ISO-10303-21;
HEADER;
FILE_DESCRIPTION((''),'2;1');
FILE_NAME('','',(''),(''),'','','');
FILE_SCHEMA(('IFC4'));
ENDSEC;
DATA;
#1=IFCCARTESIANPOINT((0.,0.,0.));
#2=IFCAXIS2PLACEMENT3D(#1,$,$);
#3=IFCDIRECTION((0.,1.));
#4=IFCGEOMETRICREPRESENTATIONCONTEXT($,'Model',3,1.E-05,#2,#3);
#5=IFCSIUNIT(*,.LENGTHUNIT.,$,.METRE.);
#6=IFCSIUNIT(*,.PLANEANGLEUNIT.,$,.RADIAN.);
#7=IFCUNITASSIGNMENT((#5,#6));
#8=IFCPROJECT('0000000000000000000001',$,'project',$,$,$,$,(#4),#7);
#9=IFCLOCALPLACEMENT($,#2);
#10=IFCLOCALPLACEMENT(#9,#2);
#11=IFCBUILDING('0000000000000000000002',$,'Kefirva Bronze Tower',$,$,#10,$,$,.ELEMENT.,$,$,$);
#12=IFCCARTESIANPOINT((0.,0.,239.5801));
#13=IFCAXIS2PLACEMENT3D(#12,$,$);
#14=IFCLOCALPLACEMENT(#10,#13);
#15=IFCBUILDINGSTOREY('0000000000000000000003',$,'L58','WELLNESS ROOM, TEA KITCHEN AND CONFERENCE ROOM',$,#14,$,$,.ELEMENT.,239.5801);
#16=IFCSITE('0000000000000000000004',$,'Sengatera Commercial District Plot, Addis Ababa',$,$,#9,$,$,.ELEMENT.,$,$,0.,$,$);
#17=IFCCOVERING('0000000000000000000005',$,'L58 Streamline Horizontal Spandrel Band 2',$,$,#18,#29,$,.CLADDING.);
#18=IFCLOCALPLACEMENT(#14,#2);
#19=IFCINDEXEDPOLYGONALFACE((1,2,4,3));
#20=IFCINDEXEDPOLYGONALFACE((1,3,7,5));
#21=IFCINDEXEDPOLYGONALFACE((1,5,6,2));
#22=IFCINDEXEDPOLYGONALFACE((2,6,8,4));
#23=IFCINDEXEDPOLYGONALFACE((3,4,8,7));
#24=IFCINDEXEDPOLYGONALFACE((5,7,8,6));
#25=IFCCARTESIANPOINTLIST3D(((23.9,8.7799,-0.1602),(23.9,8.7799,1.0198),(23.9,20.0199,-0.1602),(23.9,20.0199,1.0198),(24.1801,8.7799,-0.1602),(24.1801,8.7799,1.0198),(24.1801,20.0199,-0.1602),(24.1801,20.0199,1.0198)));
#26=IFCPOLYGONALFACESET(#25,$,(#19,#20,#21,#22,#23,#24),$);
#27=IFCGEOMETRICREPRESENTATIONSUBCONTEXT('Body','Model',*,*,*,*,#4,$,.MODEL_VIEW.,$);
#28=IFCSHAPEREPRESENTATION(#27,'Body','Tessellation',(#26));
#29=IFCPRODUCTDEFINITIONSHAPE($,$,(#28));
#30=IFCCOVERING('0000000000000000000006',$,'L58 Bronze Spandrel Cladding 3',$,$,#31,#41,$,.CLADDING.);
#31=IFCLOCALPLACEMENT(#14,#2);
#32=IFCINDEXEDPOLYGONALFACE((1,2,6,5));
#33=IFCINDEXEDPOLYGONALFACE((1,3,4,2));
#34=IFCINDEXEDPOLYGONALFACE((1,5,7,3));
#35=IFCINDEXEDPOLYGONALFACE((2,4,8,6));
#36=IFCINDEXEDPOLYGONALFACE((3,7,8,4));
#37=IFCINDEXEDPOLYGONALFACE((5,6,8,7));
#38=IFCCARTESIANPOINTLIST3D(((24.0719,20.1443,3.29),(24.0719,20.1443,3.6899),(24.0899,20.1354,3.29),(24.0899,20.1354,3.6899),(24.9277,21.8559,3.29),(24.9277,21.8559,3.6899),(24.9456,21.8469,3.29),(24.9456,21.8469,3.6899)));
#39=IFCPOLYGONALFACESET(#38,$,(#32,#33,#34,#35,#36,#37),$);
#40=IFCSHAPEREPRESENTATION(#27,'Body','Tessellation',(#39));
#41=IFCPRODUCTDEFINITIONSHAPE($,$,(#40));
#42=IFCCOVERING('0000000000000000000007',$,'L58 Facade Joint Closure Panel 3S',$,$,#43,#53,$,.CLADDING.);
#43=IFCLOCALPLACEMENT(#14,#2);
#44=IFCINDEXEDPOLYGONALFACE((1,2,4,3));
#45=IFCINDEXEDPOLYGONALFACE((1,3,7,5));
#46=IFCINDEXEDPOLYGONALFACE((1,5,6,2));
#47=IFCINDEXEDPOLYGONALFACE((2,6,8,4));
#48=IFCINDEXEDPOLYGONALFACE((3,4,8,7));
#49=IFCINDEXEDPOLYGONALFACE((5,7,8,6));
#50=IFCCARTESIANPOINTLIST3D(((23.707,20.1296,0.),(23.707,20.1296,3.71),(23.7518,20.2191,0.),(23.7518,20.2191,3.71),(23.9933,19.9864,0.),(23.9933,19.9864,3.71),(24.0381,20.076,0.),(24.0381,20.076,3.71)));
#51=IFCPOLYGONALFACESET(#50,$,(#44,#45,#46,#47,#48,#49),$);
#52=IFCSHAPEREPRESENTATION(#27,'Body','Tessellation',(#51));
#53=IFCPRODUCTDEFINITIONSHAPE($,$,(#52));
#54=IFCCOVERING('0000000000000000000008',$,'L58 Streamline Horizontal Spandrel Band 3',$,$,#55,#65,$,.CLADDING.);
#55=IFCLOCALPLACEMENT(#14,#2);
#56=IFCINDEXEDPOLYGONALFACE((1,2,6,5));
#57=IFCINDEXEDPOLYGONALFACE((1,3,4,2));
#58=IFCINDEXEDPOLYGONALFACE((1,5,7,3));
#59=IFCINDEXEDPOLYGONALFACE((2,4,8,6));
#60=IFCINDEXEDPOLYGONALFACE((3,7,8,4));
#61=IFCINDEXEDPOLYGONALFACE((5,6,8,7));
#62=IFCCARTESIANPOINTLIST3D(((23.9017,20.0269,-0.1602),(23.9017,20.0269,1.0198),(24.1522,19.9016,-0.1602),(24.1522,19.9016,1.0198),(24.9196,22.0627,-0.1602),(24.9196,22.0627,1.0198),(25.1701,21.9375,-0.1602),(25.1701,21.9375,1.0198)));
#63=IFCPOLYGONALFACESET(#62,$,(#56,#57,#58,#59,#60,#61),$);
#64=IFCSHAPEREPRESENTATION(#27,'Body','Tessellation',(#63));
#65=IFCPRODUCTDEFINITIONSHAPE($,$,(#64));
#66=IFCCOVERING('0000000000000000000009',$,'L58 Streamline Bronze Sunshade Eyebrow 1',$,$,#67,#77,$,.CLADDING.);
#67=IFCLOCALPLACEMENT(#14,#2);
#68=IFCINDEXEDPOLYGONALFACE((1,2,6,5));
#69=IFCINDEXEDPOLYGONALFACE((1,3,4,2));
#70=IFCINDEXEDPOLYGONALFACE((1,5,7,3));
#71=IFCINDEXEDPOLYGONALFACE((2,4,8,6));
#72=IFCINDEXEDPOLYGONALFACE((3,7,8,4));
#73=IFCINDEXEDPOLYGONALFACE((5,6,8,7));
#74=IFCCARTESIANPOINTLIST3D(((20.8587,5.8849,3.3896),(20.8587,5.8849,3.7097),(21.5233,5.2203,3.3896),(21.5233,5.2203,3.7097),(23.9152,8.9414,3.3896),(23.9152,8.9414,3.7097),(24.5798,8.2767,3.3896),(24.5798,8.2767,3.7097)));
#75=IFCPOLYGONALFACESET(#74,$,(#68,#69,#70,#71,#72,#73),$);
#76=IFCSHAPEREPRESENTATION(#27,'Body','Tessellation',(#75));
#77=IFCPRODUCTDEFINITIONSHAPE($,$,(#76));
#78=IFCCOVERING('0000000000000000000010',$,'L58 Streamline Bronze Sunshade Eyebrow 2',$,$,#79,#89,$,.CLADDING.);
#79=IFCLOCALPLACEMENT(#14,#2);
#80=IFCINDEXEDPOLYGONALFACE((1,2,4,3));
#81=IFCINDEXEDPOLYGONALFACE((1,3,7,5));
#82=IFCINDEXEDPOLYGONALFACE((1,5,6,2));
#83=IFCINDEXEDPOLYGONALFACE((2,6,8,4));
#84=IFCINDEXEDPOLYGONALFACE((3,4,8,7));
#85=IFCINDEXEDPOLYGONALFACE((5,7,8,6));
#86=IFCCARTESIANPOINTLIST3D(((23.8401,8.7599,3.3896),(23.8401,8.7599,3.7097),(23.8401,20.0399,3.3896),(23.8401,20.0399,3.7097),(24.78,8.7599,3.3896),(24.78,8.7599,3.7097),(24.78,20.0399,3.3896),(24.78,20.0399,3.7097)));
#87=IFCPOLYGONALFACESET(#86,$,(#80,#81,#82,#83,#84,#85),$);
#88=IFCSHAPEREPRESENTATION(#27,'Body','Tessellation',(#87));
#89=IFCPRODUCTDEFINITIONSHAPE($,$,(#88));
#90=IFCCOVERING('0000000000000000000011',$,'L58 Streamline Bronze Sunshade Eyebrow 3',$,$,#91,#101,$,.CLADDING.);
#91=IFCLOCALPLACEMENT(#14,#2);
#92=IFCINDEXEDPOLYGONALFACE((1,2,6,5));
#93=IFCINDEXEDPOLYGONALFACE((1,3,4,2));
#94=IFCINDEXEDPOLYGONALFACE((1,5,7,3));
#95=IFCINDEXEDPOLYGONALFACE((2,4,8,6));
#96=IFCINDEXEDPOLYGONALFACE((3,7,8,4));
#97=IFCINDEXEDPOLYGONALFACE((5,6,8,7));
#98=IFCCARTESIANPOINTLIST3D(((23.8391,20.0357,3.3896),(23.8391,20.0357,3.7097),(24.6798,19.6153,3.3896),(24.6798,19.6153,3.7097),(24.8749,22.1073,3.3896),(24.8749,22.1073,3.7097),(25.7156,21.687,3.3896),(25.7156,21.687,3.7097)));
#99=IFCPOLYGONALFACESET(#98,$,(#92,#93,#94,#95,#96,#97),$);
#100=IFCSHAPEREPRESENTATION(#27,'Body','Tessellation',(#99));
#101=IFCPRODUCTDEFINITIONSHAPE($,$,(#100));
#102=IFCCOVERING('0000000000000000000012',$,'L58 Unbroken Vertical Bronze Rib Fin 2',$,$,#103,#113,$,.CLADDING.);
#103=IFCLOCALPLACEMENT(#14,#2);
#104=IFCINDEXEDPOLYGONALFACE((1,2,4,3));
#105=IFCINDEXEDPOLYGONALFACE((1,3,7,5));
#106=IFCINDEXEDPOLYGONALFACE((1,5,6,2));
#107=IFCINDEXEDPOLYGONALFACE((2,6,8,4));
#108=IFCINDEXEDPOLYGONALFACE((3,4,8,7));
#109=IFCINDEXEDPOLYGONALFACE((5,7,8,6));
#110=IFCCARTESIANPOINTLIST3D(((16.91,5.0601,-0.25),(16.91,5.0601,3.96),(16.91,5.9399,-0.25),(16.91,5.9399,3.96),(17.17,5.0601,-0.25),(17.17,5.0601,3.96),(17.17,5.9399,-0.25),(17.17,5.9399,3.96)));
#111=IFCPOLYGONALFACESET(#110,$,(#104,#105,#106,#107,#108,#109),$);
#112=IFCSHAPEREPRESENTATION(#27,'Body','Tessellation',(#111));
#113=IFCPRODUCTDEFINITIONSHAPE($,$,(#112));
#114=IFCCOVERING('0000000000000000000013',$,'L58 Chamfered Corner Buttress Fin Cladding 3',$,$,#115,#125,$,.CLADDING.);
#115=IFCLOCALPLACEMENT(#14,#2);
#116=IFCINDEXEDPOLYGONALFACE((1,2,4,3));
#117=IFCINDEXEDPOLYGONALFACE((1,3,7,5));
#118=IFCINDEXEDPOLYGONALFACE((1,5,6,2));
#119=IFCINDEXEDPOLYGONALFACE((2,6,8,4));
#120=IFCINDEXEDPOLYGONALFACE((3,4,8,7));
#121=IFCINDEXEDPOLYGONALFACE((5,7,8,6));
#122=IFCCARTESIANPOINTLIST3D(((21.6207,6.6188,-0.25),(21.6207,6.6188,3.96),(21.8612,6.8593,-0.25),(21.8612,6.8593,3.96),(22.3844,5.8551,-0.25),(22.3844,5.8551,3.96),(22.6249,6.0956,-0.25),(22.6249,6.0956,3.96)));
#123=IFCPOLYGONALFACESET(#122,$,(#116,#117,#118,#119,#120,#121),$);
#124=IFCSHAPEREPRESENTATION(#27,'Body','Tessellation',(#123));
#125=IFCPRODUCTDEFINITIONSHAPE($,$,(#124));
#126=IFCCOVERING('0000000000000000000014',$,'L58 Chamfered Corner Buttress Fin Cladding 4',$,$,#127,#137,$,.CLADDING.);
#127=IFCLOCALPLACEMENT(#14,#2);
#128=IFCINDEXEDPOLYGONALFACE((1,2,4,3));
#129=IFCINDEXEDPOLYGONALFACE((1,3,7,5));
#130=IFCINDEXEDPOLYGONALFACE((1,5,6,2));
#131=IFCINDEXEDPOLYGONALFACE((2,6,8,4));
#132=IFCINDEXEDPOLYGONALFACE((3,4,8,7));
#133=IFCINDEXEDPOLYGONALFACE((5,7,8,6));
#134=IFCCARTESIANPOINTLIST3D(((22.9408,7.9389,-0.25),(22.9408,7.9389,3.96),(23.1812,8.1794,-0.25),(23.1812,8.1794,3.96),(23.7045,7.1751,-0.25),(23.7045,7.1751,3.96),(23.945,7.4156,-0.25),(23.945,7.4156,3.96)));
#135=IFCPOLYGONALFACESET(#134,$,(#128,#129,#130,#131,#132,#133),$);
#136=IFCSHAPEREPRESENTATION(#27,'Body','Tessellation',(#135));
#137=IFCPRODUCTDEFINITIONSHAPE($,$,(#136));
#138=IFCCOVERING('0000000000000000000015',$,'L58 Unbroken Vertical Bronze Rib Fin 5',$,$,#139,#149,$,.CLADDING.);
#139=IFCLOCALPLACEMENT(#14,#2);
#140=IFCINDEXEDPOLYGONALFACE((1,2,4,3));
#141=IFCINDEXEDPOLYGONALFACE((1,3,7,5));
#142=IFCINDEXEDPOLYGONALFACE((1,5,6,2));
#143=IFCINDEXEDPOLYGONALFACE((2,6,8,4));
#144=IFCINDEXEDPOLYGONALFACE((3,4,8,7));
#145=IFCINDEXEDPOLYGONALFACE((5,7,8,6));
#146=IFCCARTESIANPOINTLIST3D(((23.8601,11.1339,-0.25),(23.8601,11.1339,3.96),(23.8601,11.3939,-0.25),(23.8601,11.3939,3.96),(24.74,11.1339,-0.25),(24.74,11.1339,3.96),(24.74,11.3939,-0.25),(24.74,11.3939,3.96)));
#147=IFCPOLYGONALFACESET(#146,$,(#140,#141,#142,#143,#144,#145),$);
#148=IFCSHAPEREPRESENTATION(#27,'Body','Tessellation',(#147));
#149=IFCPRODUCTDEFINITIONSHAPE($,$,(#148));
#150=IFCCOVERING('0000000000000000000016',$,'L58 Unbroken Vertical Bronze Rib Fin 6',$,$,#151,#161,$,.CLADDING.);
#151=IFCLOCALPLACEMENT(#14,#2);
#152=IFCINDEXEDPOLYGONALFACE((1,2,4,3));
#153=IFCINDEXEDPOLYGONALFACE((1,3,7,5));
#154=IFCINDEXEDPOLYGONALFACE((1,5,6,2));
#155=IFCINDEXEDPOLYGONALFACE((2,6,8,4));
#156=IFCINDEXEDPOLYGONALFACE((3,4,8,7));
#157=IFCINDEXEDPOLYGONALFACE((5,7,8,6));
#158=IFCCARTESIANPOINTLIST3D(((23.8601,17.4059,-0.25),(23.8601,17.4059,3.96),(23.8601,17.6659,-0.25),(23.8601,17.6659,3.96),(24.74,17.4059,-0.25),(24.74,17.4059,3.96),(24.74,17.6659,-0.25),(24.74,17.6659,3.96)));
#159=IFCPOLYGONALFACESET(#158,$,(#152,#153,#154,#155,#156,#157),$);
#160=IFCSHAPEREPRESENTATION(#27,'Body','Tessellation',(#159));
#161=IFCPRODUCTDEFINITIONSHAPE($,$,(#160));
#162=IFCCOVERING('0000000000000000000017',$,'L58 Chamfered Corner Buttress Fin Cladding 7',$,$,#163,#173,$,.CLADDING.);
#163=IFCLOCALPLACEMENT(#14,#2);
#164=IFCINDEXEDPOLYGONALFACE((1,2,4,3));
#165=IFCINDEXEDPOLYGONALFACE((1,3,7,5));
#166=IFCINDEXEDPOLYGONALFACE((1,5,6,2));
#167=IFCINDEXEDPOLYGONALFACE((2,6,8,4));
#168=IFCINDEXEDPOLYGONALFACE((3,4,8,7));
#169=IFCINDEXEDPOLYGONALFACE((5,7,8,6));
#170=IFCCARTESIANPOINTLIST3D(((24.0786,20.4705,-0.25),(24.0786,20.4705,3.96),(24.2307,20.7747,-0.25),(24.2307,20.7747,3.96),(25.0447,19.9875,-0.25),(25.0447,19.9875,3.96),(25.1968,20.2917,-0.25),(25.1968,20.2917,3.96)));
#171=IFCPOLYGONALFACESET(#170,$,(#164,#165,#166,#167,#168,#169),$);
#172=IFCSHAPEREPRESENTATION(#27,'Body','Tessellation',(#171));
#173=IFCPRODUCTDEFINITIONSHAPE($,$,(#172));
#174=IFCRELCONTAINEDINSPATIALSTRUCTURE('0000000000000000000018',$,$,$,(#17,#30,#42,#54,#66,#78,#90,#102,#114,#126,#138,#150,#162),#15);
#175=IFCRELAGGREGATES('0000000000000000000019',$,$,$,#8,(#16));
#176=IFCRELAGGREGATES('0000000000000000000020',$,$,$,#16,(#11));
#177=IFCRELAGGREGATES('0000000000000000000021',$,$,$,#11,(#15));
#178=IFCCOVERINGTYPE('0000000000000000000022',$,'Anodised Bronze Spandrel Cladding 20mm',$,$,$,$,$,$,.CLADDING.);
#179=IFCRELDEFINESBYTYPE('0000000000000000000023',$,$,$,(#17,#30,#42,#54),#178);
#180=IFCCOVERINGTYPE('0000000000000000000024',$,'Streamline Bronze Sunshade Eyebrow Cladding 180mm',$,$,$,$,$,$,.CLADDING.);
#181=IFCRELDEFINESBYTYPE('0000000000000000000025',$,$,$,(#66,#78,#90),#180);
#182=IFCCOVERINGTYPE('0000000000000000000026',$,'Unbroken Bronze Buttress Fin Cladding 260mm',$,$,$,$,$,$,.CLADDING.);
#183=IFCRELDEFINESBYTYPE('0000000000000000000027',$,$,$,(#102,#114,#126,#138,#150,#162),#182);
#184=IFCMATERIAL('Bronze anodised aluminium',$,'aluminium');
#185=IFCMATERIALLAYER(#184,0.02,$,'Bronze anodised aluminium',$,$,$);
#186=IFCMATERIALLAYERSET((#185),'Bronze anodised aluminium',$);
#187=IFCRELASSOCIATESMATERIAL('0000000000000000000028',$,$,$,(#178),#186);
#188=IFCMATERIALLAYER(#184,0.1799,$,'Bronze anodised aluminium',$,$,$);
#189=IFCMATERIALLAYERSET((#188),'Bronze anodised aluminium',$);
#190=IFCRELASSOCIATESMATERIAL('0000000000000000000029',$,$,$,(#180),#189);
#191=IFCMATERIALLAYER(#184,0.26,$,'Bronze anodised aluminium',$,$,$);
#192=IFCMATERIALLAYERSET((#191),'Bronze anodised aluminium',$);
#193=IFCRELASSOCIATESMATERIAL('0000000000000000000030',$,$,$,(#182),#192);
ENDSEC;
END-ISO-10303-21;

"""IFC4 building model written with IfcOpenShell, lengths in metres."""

from ifc_helpers import new_model, si_unit, direction, frame, origin, origin_2d, place, context, subcontext, project, spatial, rectangle, extrude, material, layer, layer_set, type_object, element, save


model = new_model("IFC4")

# Units and contexts
model_context = context("Model", 3, precision=1e-05, world=origin(), true_north=direction((0.0, 1.0)))
body_context = subcontext(model_context, "Body", "Model", "MODEL_VIEW")
ifc_project = project(units=[si_unit("LENGTHUNIT", "METRE"), si_unit("PLANEANGLEUNIT", "RADIAN")], contexts=[model_context])

# Site, building, storey
site_placement = place(None, origin())
site = spatial("IfcSite", under=ifc_project, at=site_placement, Name="Sengatera Commercial District Plot, Addis Ababa", CompositionType="ELEMENT", RefElevation=0.0)
building_placement = place(site_placement, origin())
building = spatial("IfcBuilding", under=site, at=building_placement, Name="Kefirva Bronze Tower", CompositionType="ELEMENT")
storey_placement = place(building_placement, frame((0.0, 0.0, 239.5801)))
storey = spatial("IfcBuildingStorey", under=building, at=storey_placement, Name="L58", Description="WELLNESS ROOM, TEA KITCHEN AND CONFERENCE ROOM", CompositionType="ELEMENT", Elevation=239.5801)

# Shared definitions
ifc_material_1 = material(Name="Bronze anodised aluminium", Category="aluminium")

# Coverings
ifc_layer_1 = layer(ifc_material_1, 0.02, Name="Bronze anodised aluminium")
ifc_layer_set_1 = layer_set([ifc_layer_1], Name="Bronze anodised aluminium")
covering_type_1 = type_object("IfcCoveringType", Name="Anodised Bronze Spandrel Cladding 20mm", PredefinedType="CLADDING", material=ifc_layer_set_1)
covering_1_placement = place(storey_placement, frame((24.04, 14.3999, -0.1602), z_axis=(0.0, 0.0, 1.0), x_axis=(0.0, 1.0, 0.0)))
element("IfcCovering", 1, at=covering_1_placement, inside=storey, type_object=covering_type_1, Name="L58 Streamline Horizontal Spandrel Band 2", PredefinedType="CLADDING", context=body_context, shape_type="SweptSolid", body=[
    extrude(rectangle(XDim=11.24, YDim=0.28, at=origin_2d()), origin(), (0.0, 0.0, 1.0), 1.1799),
])
covering_2_placement = place(storey_placement, frame((24.5088, 20.9956, 3.29), z_axis=(0.0, 0.0, 1.0), x_axis=(0.447214, 0.894427, 0.0)))
element("IfcCovering", 2, at=covering_2_placement, inside=storey, type_object=covering_type_1, Name="L58 Bronze Spandrel Cladding 3", PredefinedType="CLADDING", context=body_context, shape_type="SweptSolid", body=[
    extrude(rectangle(XDim=1.9136, YDim=0.02, at=origin_2d()), origin(), (0.0, 0.0, 1.0), 0.3999),
])
covering_3_placement = place(storey_placement, frame((23.8726, 20.1028, 0.0), z_axis=(0.0, 0.0, 1.0), x_axis=(0.447214, 0.894427, 0.0)))
element("IfcCovering", 3, at=covering_3_placement, inside=storey, type_object=covering_type_1, Name="L58 Facade Joint Closure Panel 3S", PredefinedType="CLADDING", context=body_context, shape_type="SweptSolid", body=[
    extrude(rectangle(XDim=0.1001, YDim=0.3201, at=origin_2d()), origin(), (0.0, 0.0, 1.0), 3.71),
])
covering_4_placement = place(storey_placement, frame((24.5359, 20.9822, -0.1602), z_axis=(0.0, 0.0, 1.0), x_axis=(0.447214, 0.894427, 0.0)))
element("IfcCovering", 4, at=covering_4_placement, inside=storey, type_object=covering_type_1, Name="L58 Streamline Horizontal Spandrel Band 3", PredefinedType="CLADDING", context=body_context, shape_type="SweptSolid", body=[
    extrude(rectangle(XDim=2.2761, YDim=0.28, at=origin_2d()), origin(), (0.0, 0.0, 1.0), 1.1799),
])
ifc_layer_2 = layer(ifc_material_1, 0.1799, Name="Bronze anodised aluminium")
ifc_layer_set_2 = layer_set([ifc_layer_2], Name="Bronze anodised aluminium")
covering_type_2 = type_object("IfcCoveringType", Name="Streamline Bronze Sunshade Eyebrow Cladding 180mm", PredefinedType="CLADDING", material=ifc_layer_set_2)
covering_5_placement = place(storey_placement, frame((22.7192, 7.0808, 3.3896), z_axis=(0.0, 0.0, 1.0), x_axis=(0.707107, 0.707107, 0.0)))
element("IfcCovering", 5, at=covering_5_placement, inside=storey, type_object=covering_type_2, Name="L58 Streamline Bronze Sunshade Eyebrow 1", PredefinedType="CLADDING", context=body_context, shape_type="SweptSolid", body=[
    extrude(rectangle(XDim=4.3225, YDim=0.9399, at=origin_2d()), origin(), (0.0, 0.0, 1.0), 0.3201),
])
covering_6_placement = place(storey_placement, frame((24.3101, 14.3999, 3.3896), z_axis=(0.0, 0.0, 1.0), x_axis=(0.0, 1.0, 0.0)))
element("IfcCovering", 6, at=covering_6_placement, inside=storey, type_object=covering_type_2, Name="L58 Streamline Bronze Sunshade Eyebrow 2", PredefinedType="CLADDING", context=body_context, shape_type="SweptSolid", body=[
    extrude(rectangle(XDim=11.28, YDim=0.9399, at=origin_2d()), origin(), (0.0, 0.0, 1.0), 0.3201),
])
covering_7_placement = place(storey_placement, frame((24.7773, 20.8613, 3.3896), z_axis=(0.0, 0.0, 1.0), x_axis=(0.447214, 0.894427, 0.0)))
element("IfcCovering", 7, at=covering_7_placement, inside=storey, type_object=covering_type_2, Name="L58 Streamline Bronze Sunshade Eyebrow 3", PredefinedType="CLADDING", context=body_context, shape_type="SweptSolid", body=[
    extrude(rectangle(XDim=2.3162, YDim=0.9399, at=origin_2d()), origin(), (0.0, 0.0, 1.0), 0.3201),
])
ifc_layer_3 = layer(ifc_material_1, 0.26, Name="Bronze anodised aluminium")
ifc_layer_set_3 = layer_set([ifc_layer_3], Name="Bronze anodised aluminium")
covering_type_3 = type_object("IfcCoveringType", Name="Unbroken Bronze Buttress Fin Cladding 260mm", PredefinedType="CLADDING", material=ifc_layer_set_3)
covering_8_placement = place(storey_placement, frame((17.04, 5.5, -0.25), z_axis=(0.0, 0.0, 1.0), x_axis=(1.0, 0.0, 0.0)))
element("IfcCovering", 8, at=covering_8_placement, inside=storey, type_object=covering_type_3, Name="L58 Unbroken Vertical Bronze Rib Fin 2", PredefinedType="CLADDING", context=body_context, shape_type="SweptSolid", body=[
    extrude(rectangle(XDim=0.26, YDim=0.8799, at=origin_2d()), origin(), (0.0, 0.0, 1.0), 4.21),
])
for number, where, z_axis, x_axis, name in (
    (9, (22.1228, 6.3572, -0.25), (0.0, 0.0, 1.0), (0.707107, 0.707107, 0.0), "L58 Chamfered Corner Buttress Fin Cladding 3"),
    (10, (23.4429, 7.6772, -0.25), (0.0, 0.0, 1.0), (0.707107, 0.707107, 0.0), "L58 Chamfered Corner Buttress Fin Cladding 4"),
):
    element("IfcCovering", number, at=place(storey_placement, frame(where, z_axis=z_axis, x_axis=x_axis)), inside=storey, type_object=covering_type_3, Name=name, PredefinedType="CLADDING", context=body_context, shape_type="SweptSolid", body=[
        extrude(rectangle(XDim=0.3401, YDim=1.0801, at=origin_2d()), origin(), (0.0, 0.0, 1.0), 4.21),
    ])
for number, where, z_axis, x_axis, name in (
    (11, (24.3, 11.2639, -0.25), (0.0, 0.0, 1.0), (0.0, 1.0, 0.0), "L58 Unbroken Vertical Bronze Rib Fin 5"),
    (12, (24.3, 17.5359, -0.25), (0.0, 0.0, 1.0), (0.0, 1.0, 0.0), "L58 Unbroken Vertical Bronze Rib Fin 6"),
):
    element("IfcCovering", number, at=place(storey_placement, frame(where, z_axis=z_axis, x_axis=x_axis)), inside=storey, type_object=covering_type_3, Name=name, PredefinedType="CLADDING", context=body_context, shape_type="SweptSolid", body=[
        extrude(rectangle(XDim=0.26, YDim=0.8799, at=origin_2d()), origin(), (0.0, 0.0, 1.0), 4.21),
    ])
covering_9_placement = place(storey_placement, frame((24.6377, 20.3811, -0.25), z_axis=(0.0, 0.0, 1.0), x_axis=(0.447214, 0.894427, 0.0)))
element("IfcCovering", 13, at=covering_9_placement, inside=storey, type_object=covering_type_3, Name="L58 Chamfered Corner Buttress Fin Cladding 7", PredefinedType="CLADDING", context=body_context, shape_type="SweptSolid", body=[
    extrude(rectangle(XDim=0.3401, YDim=1.0801, at=origin_2d()), origin(), (0.0, 0.0, 1.0), 4.21),
])

save(model, "model.ifc")
